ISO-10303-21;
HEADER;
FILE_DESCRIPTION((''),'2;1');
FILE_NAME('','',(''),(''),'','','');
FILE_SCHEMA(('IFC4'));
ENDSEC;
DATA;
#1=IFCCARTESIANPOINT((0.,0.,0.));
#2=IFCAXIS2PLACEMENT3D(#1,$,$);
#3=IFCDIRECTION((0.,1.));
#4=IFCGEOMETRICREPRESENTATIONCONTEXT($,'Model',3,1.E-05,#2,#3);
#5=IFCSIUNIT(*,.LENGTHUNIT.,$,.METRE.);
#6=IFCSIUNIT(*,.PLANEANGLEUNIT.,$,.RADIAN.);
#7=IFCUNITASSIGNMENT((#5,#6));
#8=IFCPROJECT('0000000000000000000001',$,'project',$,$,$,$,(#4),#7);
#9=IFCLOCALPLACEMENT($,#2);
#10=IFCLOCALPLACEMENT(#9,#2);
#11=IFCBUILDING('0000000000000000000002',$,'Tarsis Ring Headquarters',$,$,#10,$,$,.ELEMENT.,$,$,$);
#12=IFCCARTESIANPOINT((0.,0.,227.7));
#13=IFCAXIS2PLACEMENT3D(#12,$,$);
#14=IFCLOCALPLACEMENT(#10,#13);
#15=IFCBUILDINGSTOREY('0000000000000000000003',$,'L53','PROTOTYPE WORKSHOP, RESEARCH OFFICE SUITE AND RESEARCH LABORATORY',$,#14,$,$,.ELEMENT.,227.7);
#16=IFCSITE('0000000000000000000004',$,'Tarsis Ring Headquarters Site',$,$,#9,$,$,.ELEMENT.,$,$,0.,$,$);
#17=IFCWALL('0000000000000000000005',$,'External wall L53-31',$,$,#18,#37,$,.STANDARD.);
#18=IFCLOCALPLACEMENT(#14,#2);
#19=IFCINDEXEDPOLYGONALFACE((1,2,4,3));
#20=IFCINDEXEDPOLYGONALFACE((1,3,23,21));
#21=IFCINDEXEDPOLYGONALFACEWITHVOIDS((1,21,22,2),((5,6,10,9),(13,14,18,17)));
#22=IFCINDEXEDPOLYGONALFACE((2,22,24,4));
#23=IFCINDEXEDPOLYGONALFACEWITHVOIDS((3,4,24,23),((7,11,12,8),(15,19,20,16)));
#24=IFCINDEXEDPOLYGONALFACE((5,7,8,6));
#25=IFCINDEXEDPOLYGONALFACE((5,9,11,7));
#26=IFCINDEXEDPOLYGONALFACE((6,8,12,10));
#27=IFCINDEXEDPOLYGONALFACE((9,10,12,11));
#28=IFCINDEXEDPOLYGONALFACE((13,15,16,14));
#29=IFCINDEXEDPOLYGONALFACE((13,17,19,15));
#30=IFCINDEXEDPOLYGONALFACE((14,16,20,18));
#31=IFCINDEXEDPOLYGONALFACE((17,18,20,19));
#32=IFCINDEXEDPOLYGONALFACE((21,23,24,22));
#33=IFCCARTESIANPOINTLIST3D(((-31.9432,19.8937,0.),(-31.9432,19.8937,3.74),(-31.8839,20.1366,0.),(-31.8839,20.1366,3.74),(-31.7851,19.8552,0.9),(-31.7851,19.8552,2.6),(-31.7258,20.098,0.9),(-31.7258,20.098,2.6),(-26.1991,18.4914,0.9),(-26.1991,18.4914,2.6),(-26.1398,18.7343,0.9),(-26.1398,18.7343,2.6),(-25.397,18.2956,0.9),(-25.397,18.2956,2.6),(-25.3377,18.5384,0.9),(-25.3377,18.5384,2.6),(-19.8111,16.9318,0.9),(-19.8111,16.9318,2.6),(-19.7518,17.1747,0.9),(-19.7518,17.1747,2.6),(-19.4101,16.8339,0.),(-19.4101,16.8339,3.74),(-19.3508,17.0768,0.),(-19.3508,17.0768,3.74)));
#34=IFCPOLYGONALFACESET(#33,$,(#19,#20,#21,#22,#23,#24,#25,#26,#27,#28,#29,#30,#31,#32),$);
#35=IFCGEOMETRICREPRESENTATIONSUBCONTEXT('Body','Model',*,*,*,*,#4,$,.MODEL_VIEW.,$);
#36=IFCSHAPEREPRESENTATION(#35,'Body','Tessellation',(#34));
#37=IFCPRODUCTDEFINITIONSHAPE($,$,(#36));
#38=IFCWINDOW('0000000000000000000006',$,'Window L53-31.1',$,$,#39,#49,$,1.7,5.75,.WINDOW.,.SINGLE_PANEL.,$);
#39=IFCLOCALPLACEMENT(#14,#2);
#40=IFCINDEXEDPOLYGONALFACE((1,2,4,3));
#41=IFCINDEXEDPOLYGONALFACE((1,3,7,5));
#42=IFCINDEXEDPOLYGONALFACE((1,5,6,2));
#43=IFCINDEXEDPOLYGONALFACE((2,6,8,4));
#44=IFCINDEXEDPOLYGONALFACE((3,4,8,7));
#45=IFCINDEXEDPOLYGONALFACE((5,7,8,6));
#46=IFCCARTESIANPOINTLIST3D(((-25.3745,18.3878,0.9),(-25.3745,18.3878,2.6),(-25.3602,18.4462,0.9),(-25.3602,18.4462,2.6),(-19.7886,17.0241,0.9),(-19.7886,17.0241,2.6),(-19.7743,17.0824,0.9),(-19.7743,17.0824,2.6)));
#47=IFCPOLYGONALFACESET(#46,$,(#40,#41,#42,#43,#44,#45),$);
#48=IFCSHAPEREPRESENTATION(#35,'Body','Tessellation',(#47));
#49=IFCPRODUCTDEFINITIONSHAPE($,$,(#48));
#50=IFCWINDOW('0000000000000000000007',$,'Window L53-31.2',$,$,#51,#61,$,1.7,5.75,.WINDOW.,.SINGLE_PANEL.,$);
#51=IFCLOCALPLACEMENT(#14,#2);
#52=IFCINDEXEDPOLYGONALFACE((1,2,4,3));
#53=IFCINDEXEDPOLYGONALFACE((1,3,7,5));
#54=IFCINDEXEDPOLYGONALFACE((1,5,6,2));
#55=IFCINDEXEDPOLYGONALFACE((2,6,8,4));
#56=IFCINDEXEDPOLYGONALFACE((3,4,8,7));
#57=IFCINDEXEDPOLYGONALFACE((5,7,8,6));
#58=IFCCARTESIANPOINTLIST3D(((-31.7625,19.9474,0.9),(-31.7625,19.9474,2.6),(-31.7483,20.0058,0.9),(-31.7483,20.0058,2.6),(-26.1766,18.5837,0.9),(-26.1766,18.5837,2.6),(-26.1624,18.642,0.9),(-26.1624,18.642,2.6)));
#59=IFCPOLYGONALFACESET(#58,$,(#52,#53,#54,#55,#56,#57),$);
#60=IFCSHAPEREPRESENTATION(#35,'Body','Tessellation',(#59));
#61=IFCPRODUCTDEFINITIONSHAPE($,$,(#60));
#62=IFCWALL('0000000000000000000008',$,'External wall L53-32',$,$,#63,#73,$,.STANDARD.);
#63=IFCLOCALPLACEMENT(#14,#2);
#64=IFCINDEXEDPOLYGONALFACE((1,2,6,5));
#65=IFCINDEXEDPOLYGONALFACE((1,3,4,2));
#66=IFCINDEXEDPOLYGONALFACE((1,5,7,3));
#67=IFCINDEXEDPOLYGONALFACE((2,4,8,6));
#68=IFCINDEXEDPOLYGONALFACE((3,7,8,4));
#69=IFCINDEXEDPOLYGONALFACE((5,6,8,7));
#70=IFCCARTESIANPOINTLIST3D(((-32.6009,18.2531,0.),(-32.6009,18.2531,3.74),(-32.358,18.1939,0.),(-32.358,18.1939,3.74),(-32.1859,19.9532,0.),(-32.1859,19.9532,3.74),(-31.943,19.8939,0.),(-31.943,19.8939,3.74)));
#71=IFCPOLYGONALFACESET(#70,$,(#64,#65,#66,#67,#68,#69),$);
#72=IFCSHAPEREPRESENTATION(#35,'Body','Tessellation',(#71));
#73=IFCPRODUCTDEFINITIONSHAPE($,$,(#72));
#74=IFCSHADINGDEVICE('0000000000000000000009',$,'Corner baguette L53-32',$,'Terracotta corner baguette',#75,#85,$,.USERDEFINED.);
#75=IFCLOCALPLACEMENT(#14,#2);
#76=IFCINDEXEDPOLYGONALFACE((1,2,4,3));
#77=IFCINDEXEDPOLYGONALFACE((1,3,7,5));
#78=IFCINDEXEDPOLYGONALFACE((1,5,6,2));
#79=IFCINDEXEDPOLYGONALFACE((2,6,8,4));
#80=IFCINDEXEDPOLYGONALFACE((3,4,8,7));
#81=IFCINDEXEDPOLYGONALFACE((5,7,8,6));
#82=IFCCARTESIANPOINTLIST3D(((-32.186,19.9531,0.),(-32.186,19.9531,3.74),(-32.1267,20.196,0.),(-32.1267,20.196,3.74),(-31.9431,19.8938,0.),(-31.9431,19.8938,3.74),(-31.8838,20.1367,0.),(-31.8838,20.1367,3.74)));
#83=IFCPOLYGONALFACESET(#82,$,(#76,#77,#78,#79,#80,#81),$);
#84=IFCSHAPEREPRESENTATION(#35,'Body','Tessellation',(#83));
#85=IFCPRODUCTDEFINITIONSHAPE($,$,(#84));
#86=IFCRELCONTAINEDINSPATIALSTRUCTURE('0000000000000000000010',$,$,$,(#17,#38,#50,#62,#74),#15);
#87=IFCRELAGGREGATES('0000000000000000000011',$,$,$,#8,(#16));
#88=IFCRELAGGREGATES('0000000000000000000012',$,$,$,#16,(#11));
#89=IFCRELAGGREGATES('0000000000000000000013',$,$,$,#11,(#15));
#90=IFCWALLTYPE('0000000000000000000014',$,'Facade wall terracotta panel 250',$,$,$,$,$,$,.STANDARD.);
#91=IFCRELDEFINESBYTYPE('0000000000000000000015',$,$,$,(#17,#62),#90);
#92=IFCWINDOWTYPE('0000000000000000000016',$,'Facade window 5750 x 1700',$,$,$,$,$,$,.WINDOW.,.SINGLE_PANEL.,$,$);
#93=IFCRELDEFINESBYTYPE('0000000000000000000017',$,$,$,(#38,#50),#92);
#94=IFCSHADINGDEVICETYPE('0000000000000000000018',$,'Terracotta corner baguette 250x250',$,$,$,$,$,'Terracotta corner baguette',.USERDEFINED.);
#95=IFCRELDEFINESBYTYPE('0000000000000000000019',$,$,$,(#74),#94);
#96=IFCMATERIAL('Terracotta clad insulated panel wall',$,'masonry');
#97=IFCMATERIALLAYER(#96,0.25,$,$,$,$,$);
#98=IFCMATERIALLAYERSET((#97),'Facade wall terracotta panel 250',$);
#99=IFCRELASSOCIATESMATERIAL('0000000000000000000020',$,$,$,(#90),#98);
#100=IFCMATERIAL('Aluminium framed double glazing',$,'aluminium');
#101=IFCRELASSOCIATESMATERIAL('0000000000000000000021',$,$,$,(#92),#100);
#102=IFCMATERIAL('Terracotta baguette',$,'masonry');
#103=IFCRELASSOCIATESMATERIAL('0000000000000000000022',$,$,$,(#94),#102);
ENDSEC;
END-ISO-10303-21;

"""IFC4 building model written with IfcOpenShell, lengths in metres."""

from ifc_helpers import new_model, si_unit, direction, frame, frame_2d, origin, origin_2d, place, context, subcontext, project, spatial, rectangle, extrude, material, layer, layer_set, type_object, element, fill, save


model = new_model("IFC4")

# Units and contexts
model_context = context("Model", 3, precision=1e-05, world=origin(), true_north=direction((0.0, 1.0)))
body_context = subcontext(model_context, "Body", "Model", "MODEL_VIEW")
ifc_project = project(units=[si_unit("LENGTHUNIT", "METRE"), si_unit("PLANEANGLEUNIT", "RADIAN")], contexts=[model_context])

# Site, building, storey
site_placement = place(None, origin())
site = spatial("IfcSite", under=ifc_project, at=site_placement, Name="Tarsis Ring Headquarters Site", CompositionType="ELEMENT", RefElevation=0.0)
building_placement = place(site_placement, origin())
building = spatial("IfcBuilding", under=site, at=building_placement, Name="Tarsis Ring Headquarters", CompositionType="ELEMENT")
storey_placement = place(building_placement, frame((0.0, 0.0, 227.7)))
storey = spatial("IfcBuildingStorey", under=building, at=storey_placement, Name="L53", Description="PROTOTYPE WORKSHOP, RESEARCH OFFICE SUITE AND RESEARCH LABORATORY", CompositionType="ELEMENT", Elevation=227.7)

# Shared definitions
ifc_material_1 = material(Name="Terracotta clad insulated panel wall", Category="masonry")
ifc_layer_1 = layer(ifc_material_1, 0.25)
ifc_layer_set_1 = layer_set([ifc_layer_1], Name="Facade wall terracotta panel 250")
wall_type_1 = type_object("IfcWallType", Name="Facade wall terracotta panel 250", PredefinedType="STANDARD", material=ifc_layer_set_1)
ifc_material_2 = material(Name="Aluminium framed double glazing", Category="aluminium")

# Wall, openings, windows
wall_1_placement = place(storey_placement, frame((-19.3804, 16.9553, 0.0), z_axis=(0.0, 0.0, 1.0), x_axis=(-0.971467, 0.237175, 0.0)))
wall_1 = element("IfcWall", 1, at=wall_1_placement, inside=storey, type_object=wall_type_1, Name="External wall L53-31", PredefinedType="STANDARD", context=body_context, shape_type="SweptSolid", body=[
    extrude(rectangle(XDim=12.9011, YDim=0.25, at=frame_2d((6.4507, 0.0))), origin(), (0.0, 0.0, 1.0), 3.74),
])
opening_1_placement = place(wall_1_placement, frame((0.4128, 0.0, 0.8999)))
opening_1 = element("IfcOpeningElement", 2, at=opening_1_placement, cuts=wall_1, PredefinedType="OPENING", context=body_context, shape_type="SweptSolid", body=[
    extrude(rectangle(XDim=5.75, YDim=1.7, at=frame_2d((2.875, 0.8501))), frame((0.0, 0.135, 0.0), z_axis=(0.0, -1.0, 0.0), x_axis=(1.0, 0.0, 0.0)), (0.0, 0.0, 1.0), 0.27),
])
opening_2_placement = place(wall_1_placement, frame((6.9885, 0.0, 0.8999)))
opening_2 = element("IfcOpeningElement", 3, at=opening_2_placement, cuts=wall_1, PredefinedType="OPENING", context=body_context, shape_type="SweptSolid", body=[
    extrude(rectangle(XDim=5.75, YDim=1.7, at=frame_2d((2.875, 0.8501))), frame((0.0, 0.135, 0.0), z_axis=(0.0, -1.0, 0.0), x_axis=(1.0, 0.0, 0.0)), (0.0, 0.0, 1.0), 0.27),
])
window_type_1 = type_object("IfcWindowType", Name="Facade window 5750 x 1700", PartitioningType="SINGLE_PANEL", PredefinedType="WINDOW", material=ifc_material_2)
window_1_placement = place(opening_1_placement, origin())
window_1 = element("IfcWindow", 4, at=window_1_placement, inside=storey, type_object=window_type_1, Name="Window L53-31.1", OverallHeight=1.7, OverallWidth=5.75, PartitioningType="SINGLE_PANEL", PredefinedType="WINDOW", context=body_context, shape_type="SweptSolid", body=[
    extrude(rectangle(XDim=5.75, YDim=1.7, at=frame_2d((2.875, 0.8501))), frame((0.0, 0.03, 0.0), z_axis=(0.0, -1.0, 0.0), x_axis=(1.0, 0.0, 0.0)), (0.0, 0.0, 1.0), 0.0601),
])
fill(opening_1, window_1)
window_2_placement = place(opening_2_placement, origin())
window_2 = element("IfcWindow", 5, at=window_2_placement, inside=storey, type_object=window_type_1, Name="Window L53-31.2", OverallHeight=1.7, OverallWidth=5.75, PartitioningType="SINGLE_PANEL", PredefinedType="WINDOW", context=body_context, shape_type="SweptSolid", body=[
    extrude(rectangle(XDim=5.75, YDim=1.7, at=frame_2d((2.875, 0.8501))), frame((0.0, 0.03, 0.0), z_axis=(0.0, -1.0, 0.0), x_axis=(1.0, 0.0, 0.0)), (0.0, 0.0, 1.0), 0.0601),
])
fill(opening_2, window_2)

# Wall
wall_2_placement = place(storey_placement, frame((-32.0645, 19.9236, 0.0), z_axis=(0.0, 0.0, 1.0), x_axis=(-0.237149, -0.971473, 0.0)))
element("IfcWall", 6, at=wall_2_placement, inside=storey, type_object=wall_type_1, Name="External wall L53-32", PredefinedType="STANDARD", context=body_context, shape_type="SweptSolid", body=[
    extrude(rectangle(XDim=1.75, YDim=0.25, at=frame_2d((0.875, 0.0))), origin(), (0.0, 0.0, 1.0), 3.74),
])

# Shading device
ifc_material_3 = material(Name="Terracotta baguette", Category="masonry")
shading_device_type = type_object("IfcShadingDeviceType", Name="Terracotta corner baguette 250x250", ElementType="Terracotta corner baguette", PredefinedType="USERDEFINED", material=ifc_material_3)
shading_device_placement = place(storey_placement, frame((-32.0349, 20.0449, 0.0), z_axis=(0.0, 0.0, 1.0), x_axis=(-0.971466, 0.237177, 0.0)))
element("IfcShadingDevice", 7, at=shading_device_placement, inside=storey, type_object=shading_device_type, Name="Corner baguette L53-32", ObjectType="Terracotta corner baguette", PredefinedType="USERDEFINED", context=body_context, shape_type="SweptSolid", body=[
    extrude(rectangle(XDim=0.25, YDim=0.25, at=origin_2d()), origin(), (0.0, 0.0, 1.0), 3.74),
])

save(model, "model.ifc")
